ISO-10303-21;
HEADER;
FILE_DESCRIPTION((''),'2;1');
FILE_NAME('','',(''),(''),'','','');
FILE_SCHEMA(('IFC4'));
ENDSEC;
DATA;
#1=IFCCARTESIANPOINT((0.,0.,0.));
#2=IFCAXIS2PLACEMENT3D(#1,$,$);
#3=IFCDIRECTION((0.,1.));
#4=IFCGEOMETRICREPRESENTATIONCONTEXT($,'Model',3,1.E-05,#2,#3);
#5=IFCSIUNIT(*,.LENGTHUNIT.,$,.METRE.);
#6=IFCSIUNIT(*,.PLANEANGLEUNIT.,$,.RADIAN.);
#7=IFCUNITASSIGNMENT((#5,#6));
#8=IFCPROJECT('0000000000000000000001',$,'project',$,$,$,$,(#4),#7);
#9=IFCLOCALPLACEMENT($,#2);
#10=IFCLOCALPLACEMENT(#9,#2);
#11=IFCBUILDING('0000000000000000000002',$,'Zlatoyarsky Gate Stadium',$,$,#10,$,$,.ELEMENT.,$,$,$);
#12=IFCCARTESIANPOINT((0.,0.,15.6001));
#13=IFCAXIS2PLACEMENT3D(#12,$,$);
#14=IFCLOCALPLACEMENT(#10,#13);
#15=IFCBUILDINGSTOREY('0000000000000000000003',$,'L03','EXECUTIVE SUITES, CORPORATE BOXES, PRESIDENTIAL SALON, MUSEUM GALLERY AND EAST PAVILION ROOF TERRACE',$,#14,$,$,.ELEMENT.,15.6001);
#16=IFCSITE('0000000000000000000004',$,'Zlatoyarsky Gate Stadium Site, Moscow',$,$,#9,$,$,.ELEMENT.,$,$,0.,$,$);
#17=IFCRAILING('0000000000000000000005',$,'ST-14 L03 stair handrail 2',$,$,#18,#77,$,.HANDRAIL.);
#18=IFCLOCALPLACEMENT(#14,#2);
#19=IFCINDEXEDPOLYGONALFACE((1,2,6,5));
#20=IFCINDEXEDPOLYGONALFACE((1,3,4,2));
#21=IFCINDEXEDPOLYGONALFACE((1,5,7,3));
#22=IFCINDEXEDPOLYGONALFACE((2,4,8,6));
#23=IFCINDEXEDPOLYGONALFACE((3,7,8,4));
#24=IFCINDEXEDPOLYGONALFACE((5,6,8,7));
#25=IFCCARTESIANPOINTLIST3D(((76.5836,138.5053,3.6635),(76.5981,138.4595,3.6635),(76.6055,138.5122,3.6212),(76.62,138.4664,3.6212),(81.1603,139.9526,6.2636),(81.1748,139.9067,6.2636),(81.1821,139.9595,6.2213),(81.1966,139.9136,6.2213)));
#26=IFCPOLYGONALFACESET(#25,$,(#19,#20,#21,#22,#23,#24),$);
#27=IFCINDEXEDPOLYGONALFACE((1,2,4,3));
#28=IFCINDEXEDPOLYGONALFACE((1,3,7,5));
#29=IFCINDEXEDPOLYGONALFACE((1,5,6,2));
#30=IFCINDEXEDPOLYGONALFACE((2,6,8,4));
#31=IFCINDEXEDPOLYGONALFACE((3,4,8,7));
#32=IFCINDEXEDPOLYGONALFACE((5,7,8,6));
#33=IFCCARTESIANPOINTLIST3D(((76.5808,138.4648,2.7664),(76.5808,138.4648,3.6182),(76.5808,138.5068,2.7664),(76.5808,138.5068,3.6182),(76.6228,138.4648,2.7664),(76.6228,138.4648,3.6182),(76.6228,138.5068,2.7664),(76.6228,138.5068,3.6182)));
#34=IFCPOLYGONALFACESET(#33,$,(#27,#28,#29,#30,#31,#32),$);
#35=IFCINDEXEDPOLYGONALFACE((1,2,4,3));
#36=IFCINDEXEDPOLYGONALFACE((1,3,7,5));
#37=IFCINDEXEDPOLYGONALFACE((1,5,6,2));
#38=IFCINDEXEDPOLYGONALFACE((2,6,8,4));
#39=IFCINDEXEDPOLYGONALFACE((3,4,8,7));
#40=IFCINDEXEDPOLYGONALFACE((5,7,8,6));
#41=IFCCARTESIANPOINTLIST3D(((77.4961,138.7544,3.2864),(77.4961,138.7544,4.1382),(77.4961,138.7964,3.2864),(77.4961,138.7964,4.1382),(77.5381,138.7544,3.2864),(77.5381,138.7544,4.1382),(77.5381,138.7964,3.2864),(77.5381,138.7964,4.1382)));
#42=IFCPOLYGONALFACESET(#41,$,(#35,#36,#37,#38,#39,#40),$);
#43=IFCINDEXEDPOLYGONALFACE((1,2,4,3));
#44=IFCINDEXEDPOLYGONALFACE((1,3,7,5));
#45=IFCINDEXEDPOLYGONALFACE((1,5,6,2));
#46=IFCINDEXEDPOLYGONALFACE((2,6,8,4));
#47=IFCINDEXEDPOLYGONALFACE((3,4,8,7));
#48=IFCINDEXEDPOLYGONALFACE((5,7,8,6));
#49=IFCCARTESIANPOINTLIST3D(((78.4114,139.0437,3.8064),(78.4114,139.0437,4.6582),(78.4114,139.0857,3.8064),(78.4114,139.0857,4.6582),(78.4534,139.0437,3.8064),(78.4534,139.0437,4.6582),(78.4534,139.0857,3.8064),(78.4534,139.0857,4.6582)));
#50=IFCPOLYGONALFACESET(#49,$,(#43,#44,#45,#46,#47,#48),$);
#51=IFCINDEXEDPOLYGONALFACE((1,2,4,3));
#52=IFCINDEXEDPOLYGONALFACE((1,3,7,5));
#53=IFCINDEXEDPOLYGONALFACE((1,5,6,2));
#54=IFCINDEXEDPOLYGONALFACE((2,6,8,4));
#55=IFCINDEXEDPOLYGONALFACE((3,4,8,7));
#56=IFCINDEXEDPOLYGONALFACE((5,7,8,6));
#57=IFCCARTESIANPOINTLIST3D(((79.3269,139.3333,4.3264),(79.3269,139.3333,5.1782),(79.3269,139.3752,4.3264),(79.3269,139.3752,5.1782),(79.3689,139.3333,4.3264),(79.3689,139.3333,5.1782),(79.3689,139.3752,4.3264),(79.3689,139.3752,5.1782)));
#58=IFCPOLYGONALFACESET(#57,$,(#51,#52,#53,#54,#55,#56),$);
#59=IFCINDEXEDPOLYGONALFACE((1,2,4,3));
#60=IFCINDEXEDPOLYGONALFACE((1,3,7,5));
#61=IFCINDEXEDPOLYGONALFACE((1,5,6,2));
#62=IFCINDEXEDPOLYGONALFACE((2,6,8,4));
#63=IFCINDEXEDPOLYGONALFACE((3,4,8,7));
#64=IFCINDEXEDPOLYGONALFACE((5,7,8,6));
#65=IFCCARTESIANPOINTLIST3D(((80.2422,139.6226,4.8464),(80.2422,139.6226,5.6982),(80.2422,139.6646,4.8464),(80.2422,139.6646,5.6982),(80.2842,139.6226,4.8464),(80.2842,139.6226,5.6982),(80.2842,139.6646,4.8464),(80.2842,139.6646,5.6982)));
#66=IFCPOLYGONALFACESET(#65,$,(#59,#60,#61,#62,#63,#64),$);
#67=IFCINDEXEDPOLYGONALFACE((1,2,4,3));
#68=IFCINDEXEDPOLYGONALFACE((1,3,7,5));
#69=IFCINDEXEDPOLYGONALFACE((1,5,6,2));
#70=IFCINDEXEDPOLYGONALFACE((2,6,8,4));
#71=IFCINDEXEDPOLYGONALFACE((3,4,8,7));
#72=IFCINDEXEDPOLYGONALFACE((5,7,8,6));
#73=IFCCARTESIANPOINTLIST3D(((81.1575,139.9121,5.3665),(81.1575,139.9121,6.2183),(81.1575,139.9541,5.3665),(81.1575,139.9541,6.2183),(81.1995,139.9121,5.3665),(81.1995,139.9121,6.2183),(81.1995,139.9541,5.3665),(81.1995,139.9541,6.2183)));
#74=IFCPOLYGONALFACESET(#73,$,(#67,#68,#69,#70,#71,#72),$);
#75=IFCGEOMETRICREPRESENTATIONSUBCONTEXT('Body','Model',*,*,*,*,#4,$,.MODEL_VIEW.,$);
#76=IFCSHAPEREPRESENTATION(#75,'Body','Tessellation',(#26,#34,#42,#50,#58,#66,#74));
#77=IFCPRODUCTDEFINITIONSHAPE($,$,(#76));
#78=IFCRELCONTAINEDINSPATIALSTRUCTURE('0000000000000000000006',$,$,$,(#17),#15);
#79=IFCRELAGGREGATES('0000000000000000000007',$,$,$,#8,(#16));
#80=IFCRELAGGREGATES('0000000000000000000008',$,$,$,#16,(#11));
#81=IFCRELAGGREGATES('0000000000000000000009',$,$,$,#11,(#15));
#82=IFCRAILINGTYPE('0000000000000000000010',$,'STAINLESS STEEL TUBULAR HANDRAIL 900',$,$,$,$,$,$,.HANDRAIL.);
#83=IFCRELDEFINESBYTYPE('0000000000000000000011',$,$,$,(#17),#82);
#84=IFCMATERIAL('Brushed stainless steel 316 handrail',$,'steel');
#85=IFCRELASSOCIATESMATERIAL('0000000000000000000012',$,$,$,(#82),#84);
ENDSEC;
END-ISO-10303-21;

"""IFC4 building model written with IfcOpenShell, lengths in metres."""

from ifc_helpers import new_model, si_unit, direction, frame, origin, origin_2d, place, context, subcontext, project, spatial, rectangle, extrude, material, type_object, element, save


model = new_model("IFC4")

# Units and contexts
model_context = context("Model", 3, precision=1e-05, world=origin(), true_north=direction((0.0, 1.0)))
body_context = subcontext(model_context, "Body", "Model", "MODEL_VIEW")
ifc_project = project(units=[si_unit("LENGTHUNIT", "METRE"), si_unit("PLANEANGLEUNIT", "RADIAN")], contexts=[model_context])

# Site, building, storey
site_placement = place(None, origin())
site = spatial("IfcSite", under=ifc_project, at=site_placement, Name="Zlatoyarsky Gate Stadium Site, Moscow", CompositionType="ELEMENT", RefElevation=0.0)
building_placement = place(site_placement, origin())
building = spatial("IfcBuilding", under=site, at=building_placement, Name="Zlatoyarsky Gate Stadium", CompositionType="ELEMENT")
storey_placement = place(building_placement, frame((0.0, 0.0, 15.6001)))
storey = spatial("IfcBuildingStorey", under=building, at=storey_placement, Name="L03", Description="EXECUTIVE SUITES, CORPORATE BOXES, PRESIDENTIAL SALON, MUSEUM GALLERY AND EAST PAVILION ROOF TERRACE", CompositionType="ELEMENT", Elevation=15.6001)

# Railing
ifc_material_1 = material(Name="Brushed stainless steel 316 handrail", Category="steel")
railing_type_1 = type_object("IfcRailingType", Name="STAINLESS STEEL TUBULAR HANDRAIL 900", PredefinedType="HANDRAIL", material=ifc_material_1)
railing_1_placement = place(storey_placement, frame((76.6018, 138.4858, 2.7664)))
element("IfcRailing", 1, at=railing_1_placement, inside=storey, type_object=railing_type_1, Name="ST-14 L03 stair handrail 2", PredefinedType="HANDRAIL", context=body_context, shape_type="SweptSolid", body=[
    extrude(rectangle(XDim=0.0481, YDim=0.0481, at=origin_2d()), frame((0.0, 0.0, 0.876), z_axis=(0.838367, 0.265115, 0.476294), x_axis=(-0.301511, 0.953463, 0.0)), (0.0, 0.0, 1.0), 5.459),
    extrude(rectangle(XDim=0.042, YDim=0.042, at=origin_2d()), origin(), (0.0, 0.0, 1.0), 0.8518),
    extrude(rectangle(XDim=0.042, YDim=0.042, at=origin_2d()), frame((0.9153, 0.2896, 0.52)), (0.0, 0.0, 1.0), 0.8518),
    extrude(rectangle(XDim=0.042, YDim=0.042, at=origin_2d()), frame((1.8306, 0.5789, 1.04)), (0.0, 0.0, 1.0), 0.8518),
    extrude(rectangle(XDim=0.042, YDim=0.042, at=origin_2d()), frame((2.7461, 0.8684, 1.5601)), (0.0, 0.0, 1.0), 0.8518),
    extrude(rectangle(XDim=0.042, YDim=0.042, at=origin_2d()), frame((3.6614, 1.1577, 2.0801)), (0.0, 0.0, 1.0), 0.8518),
    extrude(rectangle(XDim=0.042, YDim=0.042, at=origin_2d()), frame((4.5767, 1.4473, 2.6001)), (0.0, 0.0, 1.0), 0.8518),
])

save(model, "model.ifc")
